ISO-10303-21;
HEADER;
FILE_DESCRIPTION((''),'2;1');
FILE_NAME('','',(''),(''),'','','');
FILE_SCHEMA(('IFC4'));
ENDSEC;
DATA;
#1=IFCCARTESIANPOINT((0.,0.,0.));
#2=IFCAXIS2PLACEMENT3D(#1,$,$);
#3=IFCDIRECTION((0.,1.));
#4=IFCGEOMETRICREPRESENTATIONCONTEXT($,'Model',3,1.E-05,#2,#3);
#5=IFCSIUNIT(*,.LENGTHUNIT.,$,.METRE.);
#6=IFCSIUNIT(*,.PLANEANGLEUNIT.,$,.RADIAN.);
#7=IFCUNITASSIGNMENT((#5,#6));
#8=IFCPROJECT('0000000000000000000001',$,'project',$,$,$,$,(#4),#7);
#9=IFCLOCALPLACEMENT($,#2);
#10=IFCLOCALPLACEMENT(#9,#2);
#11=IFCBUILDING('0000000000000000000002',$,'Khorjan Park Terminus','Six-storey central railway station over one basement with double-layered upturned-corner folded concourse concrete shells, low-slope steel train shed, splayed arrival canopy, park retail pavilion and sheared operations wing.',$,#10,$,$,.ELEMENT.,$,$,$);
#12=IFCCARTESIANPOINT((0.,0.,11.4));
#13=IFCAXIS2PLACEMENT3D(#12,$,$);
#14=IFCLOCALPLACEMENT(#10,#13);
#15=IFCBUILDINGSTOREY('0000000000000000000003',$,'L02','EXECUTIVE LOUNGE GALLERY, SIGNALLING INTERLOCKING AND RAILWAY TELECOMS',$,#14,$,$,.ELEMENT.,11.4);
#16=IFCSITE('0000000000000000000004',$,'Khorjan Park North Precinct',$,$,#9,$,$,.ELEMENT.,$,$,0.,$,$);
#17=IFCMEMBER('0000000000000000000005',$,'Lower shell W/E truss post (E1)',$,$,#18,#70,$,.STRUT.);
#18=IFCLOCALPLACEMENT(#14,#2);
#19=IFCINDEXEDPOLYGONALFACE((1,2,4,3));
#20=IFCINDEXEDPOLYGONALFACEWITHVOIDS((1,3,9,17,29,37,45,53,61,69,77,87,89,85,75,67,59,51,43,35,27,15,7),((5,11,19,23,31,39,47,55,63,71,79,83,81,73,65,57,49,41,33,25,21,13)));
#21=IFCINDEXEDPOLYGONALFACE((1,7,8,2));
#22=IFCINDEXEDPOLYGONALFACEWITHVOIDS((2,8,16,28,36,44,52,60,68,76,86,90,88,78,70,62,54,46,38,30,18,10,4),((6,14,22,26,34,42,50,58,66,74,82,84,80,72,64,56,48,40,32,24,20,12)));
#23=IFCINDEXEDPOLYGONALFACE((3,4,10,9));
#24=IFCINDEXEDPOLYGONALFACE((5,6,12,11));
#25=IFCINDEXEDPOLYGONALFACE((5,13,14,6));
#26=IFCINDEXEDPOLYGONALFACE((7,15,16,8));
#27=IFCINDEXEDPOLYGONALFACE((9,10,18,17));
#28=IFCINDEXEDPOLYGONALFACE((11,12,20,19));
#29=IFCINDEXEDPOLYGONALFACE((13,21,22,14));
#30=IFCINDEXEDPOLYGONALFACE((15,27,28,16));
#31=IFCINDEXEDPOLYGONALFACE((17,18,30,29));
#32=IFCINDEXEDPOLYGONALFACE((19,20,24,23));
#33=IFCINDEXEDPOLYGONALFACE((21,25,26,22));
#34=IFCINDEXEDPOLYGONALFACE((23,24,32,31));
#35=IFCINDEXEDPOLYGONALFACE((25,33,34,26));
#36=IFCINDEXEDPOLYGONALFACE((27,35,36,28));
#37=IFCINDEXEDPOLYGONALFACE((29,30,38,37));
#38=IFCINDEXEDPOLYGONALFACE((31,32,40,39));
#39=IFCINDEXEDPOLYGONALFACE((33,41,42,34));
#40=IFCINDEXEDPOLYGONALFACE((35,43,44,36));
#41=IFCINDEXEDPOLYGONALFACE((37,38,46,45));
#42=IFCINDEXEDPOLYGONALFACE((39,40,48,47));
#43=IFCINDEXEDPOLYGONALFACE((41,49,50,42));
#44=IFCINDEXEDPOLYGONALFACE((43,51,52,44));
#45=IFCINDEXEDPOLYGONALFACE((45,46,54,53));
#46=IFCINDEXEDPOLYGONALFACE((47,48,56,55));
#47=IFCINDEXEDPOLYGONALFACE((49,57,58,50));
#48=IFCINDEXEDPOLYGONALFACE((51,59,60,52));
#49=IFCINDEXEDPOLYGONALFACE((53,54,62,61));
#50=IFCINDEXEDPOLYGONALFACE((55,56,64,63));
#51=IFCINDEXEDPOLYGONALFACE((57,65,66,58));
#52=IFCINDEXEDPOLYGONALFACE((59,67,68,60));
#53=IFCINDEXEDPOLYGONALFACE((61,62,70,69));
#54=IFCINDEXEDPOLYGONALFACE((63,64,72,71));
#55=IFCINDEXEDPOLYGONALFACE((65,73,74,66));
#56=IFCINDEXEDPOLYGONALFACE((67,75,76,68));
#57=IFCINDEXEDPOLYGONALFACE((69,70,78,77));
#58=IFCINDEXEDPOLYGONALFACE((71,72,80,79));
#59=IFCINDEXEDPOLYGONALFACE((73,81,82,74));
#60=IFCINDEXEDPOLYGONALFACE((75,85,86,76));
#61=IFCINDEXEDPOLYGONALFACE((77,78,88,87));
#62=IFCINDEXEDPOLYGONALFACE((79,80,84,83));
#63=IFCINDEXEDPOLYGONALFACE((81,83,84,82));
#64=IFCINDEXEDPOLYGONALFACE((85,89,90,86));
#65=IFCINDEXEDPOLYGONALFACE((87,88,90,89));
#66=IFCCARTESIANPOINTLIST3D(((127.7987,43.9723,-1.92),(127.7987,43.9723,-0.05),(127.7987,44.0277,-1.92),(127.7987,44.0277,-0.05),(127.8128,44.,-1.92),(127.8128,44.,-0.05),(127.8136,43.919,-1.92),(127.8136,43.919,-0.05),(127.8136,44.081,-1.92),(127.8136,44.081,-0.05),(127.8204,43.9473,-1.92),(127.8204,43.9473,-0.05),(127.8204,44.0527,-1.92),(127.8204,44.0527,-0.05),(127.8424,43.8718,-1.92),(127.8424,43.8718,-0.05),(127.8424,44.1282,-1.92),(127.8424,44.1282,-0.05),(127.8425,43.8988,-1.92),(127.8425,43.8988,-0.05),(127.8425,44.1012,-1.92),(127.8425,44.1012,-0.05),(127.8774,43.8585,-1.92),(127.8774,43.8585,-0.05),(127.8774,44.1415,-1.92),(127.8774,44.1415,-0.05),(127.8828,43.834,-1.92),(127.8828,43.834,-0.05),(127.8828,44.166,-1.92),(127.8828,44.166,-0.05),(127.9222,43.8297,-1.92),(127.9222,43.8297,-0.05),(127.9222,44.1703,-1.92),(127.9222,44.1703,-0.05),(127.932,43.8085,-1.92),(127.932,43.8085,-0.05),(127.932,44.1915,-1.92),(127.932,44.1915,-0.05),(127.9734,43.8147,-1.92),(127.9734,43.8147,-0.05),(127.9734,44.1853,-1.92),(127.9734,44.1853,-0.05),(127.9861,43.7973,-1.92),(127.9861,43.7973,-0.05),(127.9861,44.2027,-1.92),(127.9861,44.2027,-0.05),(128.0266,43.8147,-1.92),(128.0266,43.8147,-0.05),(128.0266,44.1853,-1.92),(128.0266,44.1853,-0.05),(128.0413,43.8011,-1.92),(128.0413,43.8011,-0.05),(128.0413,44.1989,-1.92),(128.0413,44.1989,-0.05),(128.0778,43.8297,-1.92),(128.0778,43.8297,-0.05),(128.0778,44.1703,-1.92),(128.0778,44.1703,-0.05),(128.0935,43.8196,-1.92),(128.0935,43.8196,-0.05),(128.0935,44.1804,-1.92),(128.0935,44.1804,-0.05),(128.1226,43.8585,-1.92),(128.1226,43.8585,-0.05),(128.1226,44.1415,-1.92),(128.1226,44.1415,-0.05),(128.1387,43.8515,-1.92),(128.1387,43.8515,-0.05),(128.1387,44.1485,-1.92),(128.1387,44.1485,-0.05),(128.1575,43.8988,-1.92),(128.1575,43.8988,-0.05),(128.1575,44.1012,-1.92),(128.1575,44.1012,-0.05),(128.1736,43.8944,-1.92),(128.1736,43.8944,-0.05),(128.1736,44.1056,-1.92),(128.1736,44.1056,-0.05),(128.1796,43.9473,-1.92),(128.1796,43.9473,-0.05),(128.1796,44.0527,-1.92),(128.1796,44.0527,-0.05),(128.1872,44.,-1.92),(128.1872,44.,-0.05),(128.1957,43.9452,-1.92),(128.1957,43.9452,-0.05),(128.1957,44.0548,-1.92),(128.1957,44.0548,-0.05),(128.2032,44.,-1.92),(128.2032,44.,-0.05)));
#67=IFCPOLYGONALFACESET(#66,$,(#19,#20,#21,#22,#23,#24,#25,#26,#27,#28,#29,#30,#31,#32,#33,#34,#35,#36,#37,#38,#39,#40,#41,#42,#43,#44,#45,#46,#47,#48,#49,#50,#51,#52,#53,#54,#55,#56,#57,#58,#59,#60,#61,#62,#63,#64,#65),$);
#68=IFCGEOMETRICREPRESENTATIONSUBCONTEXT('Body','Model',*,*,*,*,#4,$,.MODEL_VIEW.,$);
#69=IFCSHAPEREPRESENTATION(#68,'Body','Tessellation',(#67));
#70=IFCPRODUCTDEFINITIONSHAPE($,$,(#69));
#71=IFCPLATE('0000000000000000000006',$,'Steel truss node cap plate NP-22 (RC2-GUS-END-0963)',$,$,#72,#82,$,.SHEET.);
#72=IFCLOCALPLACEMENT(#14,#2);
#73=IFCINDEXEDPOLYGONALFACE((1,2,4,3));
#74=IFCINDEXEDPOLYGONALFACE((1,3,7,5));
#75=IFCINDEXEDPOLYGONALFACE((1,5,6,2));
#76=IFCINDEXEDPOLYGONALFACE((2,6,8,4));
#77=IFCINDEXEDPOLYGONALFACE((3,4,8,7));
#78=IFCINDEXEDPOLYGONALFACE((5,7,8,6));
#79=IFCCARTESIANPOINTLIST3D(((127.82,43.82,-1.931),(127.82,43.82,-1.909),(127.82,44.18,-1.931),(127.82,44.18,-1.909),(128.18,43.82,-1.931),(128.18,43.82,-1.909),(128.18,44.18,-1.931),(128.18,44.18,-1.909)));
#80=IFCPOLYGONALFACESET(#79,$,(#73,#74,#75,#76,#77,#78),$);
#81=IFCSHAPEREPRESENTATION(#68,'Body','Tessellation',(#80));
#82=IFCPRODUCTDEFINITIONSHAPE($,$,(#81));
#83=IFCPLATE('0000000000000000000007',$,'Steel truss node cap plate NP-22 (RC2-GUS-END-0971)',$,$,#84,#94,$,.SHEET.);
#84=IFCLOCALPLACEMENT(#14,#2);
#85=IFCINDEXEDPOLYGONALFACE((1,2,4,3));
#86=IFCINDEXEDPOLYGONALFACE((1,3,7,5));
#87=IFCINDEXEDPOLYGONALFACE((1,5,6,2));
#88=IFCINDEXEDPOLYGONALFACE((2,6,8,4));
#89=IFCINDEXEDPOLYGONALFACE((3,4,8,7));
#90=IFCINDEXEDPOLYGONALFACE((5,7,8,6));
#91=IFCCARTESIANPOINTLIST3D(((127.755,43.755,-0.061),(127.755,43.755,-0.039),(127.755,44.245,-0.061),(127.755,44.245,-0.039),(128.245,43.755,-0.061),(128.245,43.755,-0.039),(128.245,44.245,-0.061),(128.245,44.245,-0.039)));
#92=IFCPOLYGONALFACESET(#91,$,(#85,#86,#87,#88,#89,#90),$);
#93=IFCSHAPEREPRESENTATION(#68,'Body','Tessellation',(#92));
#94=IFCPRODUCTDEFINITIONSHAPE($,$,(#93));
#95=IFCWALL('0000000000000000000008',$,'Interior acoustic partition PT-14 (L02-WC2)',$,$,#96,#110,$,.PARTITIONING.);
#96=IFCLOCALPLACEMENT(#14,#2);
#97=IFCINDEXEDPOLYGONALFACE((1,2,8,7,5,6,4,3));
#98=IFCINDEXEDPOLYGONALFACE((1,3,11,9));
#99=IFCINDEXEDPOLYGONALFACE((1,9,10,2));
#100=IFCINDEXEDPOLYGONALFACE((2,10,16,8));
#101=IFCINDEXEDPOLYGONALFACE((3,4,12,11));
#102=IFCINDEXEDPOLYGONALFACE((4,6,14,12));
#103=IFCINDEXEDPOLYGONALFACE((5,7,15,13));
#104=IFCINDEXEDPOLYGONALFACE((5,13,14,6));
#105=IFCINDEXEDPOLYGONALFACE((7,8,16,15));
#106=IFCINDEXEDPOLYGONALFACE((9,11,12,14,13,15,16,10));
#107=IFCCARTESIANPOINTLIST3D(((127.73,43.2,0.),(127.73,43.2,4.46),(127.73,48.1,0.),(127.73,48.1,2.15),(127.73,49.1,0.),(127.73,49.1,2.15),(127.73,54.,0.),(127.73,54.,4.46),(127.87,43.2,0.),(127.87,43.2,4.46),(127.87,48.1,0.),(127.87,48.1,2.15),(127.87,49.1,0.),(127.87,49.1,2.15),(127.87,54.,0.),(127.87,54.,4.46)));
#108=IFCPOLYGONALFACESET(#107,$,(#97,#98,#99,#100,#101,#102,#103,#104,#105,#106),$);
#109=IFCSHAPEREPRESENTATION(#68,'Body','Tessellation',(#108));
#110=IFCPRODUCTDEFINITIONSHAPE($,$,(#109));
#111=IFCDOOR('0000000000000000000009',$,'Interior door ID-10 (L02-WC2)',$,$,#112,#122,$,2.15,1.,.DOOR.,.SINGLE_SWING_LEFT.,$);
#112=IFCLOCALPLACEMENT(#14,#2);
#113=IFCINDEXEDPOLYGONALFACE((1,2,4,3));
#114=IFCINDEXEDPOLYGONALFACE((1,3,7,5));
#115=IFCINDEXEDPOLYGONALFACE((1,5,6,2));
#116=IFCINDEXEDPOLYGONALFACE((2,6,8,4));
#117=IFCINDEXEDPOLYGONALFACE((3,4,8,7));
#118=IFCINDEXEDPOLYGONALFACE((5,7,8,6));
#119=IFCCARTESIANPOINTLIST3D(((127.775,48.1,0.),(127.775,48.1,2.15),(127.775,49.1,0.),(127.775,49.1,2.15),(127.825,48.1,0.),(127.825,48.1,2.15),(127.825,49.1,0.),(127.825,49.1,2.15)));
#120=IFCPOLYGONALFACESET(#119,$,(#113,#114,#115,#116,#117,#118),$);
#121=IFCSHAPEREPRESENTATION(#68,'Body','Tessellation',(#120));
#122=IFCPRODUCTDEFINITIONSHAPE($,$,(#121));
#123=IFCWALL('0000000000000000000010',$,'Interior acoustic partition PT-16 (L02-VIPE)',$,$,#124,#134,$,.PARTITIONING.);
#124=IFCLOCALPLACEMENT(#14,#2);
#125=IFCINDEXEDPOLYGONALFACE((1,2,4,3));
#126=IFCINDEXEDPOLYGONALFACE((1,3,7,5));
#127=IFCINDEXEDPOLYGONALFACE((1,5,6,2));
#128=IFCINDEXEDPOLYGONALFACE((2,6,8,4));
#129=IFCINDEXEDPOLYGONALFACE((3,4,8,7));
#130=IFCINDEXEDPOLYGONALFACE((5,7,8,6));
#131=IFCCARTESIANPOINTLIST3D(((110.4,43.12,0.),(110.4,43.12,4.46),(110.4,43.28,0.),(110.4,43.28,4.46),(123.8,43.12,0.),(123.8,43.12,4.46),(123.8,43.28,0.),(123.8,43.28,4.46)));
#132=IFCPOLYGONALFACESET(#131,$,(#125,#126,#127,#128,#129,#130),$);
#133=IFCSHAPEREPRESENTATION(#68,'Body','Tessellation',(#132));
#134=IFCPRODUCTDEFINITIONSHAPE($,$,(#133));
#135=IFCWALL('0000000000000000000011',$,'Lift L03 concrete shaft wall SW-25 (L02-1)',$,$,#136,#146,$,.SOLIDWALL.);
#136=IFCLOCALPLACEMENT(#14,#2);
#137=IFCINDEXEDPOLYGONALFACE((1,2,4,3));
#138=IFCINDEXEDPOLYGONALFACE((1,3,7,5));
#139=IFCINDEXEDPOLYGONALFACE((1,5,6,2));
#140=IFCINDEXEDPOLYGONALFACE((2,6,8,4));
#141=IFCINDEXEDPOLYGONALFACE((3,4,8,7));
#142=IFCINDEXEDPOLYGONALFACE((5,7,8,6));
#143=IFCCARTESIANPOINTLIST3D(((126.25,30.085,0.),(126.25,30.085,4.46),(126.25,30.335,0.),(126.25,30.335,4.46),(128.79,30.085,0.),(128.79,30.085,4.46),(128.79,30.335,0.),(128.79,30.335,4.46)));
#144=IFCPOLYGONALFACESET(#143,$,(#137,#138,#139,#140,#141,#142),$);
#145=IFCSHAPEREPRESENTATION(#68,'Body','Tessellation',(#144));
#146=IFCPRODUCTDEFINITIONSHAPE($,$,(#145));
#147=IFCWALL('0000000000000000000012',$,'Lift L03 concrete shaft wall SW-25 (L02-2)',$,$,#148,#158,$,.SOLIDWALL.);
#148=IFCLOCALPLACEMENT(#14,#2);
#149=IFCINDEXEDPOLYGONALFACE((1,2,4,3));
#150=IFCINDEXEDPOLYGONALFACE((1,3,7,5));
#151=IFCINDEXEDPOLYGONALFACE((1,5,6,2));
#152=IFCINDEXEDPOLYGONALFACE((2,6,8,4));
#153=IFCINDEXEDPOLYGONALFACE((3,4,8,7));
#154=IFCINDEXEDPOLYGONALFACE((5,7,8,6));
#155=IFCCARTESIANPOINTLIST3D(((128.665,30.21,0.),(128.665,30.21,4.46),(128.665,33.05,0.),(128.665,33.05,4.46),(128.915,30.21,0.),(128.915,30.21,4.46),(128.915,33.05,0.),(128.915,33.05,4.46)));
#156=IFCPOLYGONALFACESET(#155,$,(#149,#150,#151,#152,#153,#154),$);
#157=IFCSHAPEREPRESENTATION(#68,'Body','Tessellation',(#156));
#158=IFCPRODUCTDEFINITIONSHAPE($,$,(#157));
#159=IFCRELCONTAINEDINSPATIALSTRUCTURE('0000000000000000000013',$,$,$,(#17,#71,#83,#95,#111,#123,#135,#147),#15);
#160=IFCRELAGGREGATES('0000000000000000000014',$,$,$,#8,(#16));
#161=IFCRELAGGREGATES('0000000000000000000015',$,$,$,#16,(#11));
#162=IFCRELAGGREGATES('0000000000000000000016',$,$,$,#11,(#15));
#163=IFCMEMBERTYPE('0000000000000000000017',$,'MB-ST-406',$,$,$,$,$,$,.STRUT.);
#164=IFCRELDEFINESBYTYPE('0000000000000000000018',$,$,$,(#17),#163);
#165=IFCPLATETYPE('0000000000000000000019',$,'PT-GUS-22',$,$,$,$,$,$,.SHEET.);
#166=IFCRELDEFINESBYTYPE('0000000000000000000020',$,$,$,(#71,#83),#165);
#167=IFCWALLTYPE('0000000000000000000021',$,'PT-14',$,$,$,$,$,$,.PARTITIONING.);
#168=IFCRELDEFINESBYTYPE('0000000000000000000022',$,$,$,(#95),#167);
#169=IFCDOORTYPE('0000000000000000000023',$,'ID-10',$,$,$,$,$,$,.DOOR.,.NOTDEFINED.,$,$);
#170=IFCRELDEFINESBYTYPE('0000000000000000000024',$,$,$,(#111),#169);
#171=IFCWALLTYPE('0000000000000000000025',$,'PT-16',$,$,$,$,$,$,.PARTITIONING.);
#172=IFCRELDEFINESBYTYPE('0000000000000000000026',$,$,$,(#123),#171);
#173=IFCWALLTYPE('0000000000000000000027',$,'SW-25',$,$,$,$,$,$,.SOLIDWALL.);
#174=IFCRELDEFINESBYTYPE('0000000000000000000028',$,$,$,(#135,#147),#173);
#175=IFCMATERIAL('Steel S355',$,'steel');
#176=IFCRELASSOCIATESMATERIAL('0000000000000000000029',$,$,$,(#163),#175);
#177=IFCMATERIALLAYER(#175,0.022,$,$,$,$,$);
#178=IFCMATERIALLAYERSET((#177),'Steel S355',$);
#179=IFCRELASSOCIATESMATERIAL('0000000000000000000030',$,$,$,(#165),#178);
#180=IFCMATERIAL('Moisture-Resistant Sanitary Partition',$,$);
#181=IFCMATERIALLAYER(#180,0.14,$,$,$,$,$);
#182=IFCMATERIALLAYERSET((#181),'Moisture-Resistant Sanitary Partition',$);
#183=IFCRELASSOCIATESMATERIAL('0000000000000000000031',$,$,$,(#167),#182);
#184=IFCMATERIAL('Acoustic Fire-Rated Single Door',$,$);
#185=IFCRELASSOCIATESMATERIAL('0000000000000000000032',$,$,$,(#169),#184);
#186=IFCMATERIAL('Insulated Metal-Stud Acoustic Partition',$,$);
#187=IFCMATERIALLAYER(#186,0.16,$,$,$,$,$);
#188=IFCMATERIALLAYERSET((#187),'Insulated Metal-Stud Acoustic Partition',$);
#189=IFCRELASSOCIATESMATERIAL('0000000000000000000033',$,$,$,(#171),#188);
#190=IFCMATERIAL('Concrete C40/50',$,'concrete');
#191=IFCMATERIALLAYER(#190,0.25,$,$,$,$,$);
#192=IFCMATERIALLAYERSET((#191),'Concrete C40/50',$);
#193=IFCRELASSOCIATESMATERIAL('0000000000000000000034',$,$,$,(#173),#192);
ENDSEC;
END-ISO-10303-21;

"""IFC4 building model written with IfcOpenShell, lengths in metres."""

from ifc_helpers import new_model, si_unit, direction, frame, frame_2d, origin, origin_2d, place, context, subcontext, project, spatial, rectangle, hollow_circle, extrude, material, layer, layer_set, material_profile, profile_set, type_object, element, fill, save


model = new_model("IFC4")

# Units and contexts
model_context = context("Model", 3, precision=1e-05, world=origin(), true_north=direction((0.0, 1.0)))
body_context = subcontext(model_context, "Body", "Model", "MODEL_VIEW")
ifc_project = project(units=[si_unit("LENGTHUNIT", "METRE"), si_unit("PLANEANGLEUNIT", "RADIAN")], contexts=[model_context])

# Site, building, storey
site_placement = place(None, origin())
site = spatial("IfcSite", under=ifc_project, at=site_placement, Name="Khorjan Park North Precinct", CompositionType="ELEMENT", RefElevation=0.0)
building_placement = place(site_placement, origin())
building = spatial("IfcBuilding", under=site, at=building_placement, Name="Khorjan Park Terminus", Description="Six-storey central railway station over one basement with double-layered upturned-corner folded concourse concrete shells, low-slope steel train shed, splayed arrival canopy, park retail pavilion and sheared operations wing.", CompositionType="ELEMENT")
storey_placement = place(building_placement, frame((0.0, 0.0, 11.4)))
storey = spatial("IfcBuildingStorey", under=building, at=storey_placement, Name="L02", Description="EXECUTIVE LOUNGE GALLERY, SIGNALLING INTERLOCKING AND RAILWAY TELECOMS", CompositionType="ELEMENT", Elevation=11.4)

# Shared definitions
ifc_material_1 = material(Name="Steel S355", Category="steel")
ifc_material_2 = material(Name="Concrete C40/50", Category="concrete")

# Member
ifc_material_profile_1 = material_profile(ifc_material_1, hollow_circle(Radius=0.2032, WallThickness=0.016, at=origin_2d()), Name="CHS 406.4x16")
ifc_profile_set_1 = profile_set([ifc_material_profile_1], Name="Steel S355")
member_type_1 = type_object("IfcMemberType", Name="MB-ST-406", PredefinedType="STRUT", material=ifc_profile_set_1)
member_1_placement = place(storey_placement, frame((128.0, 44.0, -1.92), z_axis=(0.0, 0.0, 1.0), x_axis=(1.0, 0.0, 0.0)))
element("IfcMember", 1, at=member_1_placement, inside=storey, type_object=member_type_1, Name="Lower shell W/E truss post (E1)", PredefinedType="STRUT", context=body_context, shape_type="SweptSolid", body=[
    extrude(hollow_circle(Radius=0.2032, WallThickness=0.016, at=origin_2d()), origin(), (0.0, 0.0, 1.0), 1.87),
])

# Plates
ifc_layer_1 = layer(ifc_material_1, 0.022)
ifc_layer_set_1 = layer_set([ifc_layer_1], Name="Steel S355")
plate_type = type_object("IfcPlateType", Name="PT-GUS-22", PredefinedType="SHEET", material=ifc_layer_set_1)
plate_1_placement = place(storey_placement, frame((128.0, 44.0, -1.931), z_axis=(0.0, 0.0, 1.0), x_axis=(1.0, 0.0, 0.0)))
element("IfcPlate", 2, at=plate_1_placement, inside=storey, type_object=plate_type, Name="Steel truss node cap plate NP-22 (RC2-GUS-END-0963)", PredefinedType="SHEET", context=body_context, shape_type="SweptSolid", body=[
    extrude(rectangle(XDim=0.36, YDim=0.36, at=origin_2d()), origin(), (0.0, 0.0, 1.0), 0.022),
])
plate_2_placement = place(storey_placement, frame((128.0, 44.0, -0.061), z_axis=(0.0, 0.0, 1.0), x_axis=(1.0, 0.0, 0.0)))
element("IfcPlate", 3, at=plate_2_placement, inside=storey, type_object=plate_type, Name="Steel truss node cap plate NP-22 (RC2-GUS-END-0971)", PredefinedType="SHEET", context=body_context, shape_type="SweptSolid", body=[
    extrude(rectangle(XDim=0.49, YDim=0.49, at=origin_2d()), origin(), (0.0, 0.0, 1.0), 0.022),
])

# Wall, opening, door
ifc_material_3 = material(Name="Moisture-Resistant Sanitary Partition")
ifc_layer_2 = layer(ifc_material_3, 0.14)
ifc_layer_set_2 = layer_set([ifc_layer_2], Name="Moisture-Resistant Sanitary Partition")
wall_type_1 = type_object("IfcWallType", Name="PT-14", PredefinedType="PARTITIONING", material=ifc_layer_set_2)
wall_1_placement = place(storey_placement, frame((127.8, 43.2, 0.0), z_axis=(0.0, 0.0, 1.0), x_axis=(0.0, 1.0, 0.0)))
wall_1 = element("IfcWall", 4, at=wall_1_placement, inside=storey, type_object=wall_type_1, Name="Interior acoustic partition PT-14 (L02-WC2)", PredefinedType="PARTITIONING", context=body_context, shape_type="SweptSolid", body=[
    extrude(rectangle(XDim=10.8, YDim=0.14, at=frame_2d((5.4, 0.0))), origin(), (0.0, 0.0, 1.0), 4.46),
])
opening_1_placement = place(wall_1_placement, frame((4.9, 0.0, 0.0)))
opening_1 = element("IfcOpeningElement", 5, at=opening_1_placement, cuts=wall_1, PredefinedType="OPENING", context=body_context, shape_type="SweptSolid", body=[
    extrude(rectangle(XDim=1.0, YDim=2.15, at=frame_2d((0.5, 1.075))), frame((0.0, 0.08, 0.0), z_axis=(0.0, -1.0, 0.0), x_axis=(1.0, 0.0, 0.0)), (0.0, 0.0, 1.0), 0.16),
])
ifc_material_4 = material(Name="Acoustic Fire-Rated Single Door")
door_type_1 = type_object("IfcDoorType", Name="ID-10", OperationType="NOTDEFINED", PredefinedType="DOOR", material=ifc_material_4)
door_1_placement = place(opening_1_placement, origin())
door_1 = element("IfcDoor", 6, at=door_1_placement, inside=storey, type_object=door_type_1, Name="Interior door ID-10 (L02-WC2)", OperationType="SINGLE_SWING_LEFT", OverallHeight=2.15, OverallWidth=1.0, PredefinedType="DOOR", context=body_context, shape_type="SweptSolid", body=[
    extrude(rectangle(XDim=1.0, YDim=2.15, at=frame_2d((0.5, 1.075))), frame((0.0, 0.025, 0.0), z_axis=(0.0, -1.0, 0.0), x_axis=(1.0, 0.0, 0.0)), (0.0, 0.0, 1.0), 0.05),
])
fill(opening_1, door_1)

# Walls
ifc_material_5 = material(Name="Insulated Metal-Stud Acoustic Partition")
ifc_layer_3 = layer(ifc_material_5, 0.16)
ifc_layer_set_3 = layer_set([ifc_layer_3], Name="Insulated Metal-Stud Acoustic Partition")
wall_type_2 = type_object("IfcWallType", Name="PT-16", PredefinedType="PARTITIONING", material=ifc_layer_set_3)
wall_2_placement = place(storey_placement, frame((123.8, 43.2, 0.0), z_axis=(0.0, 0.0, 1.0), x_axis=(-1.0, 0.0, 0.0)))
element("IfcWall", 7, at=wall_2_placement, inside=storey, type_object=wall_type_2, Name="Interior acoustic partition PT-16 (L02-VIPE)", PredefinedType="PARTITIONING", context=body_context, shape_type="SweptSolid", body=[
    extrude(rectangle(XDim=13.4, YDim=0.16, at=frame_2d((6.7, 0.0))), origin(), (0.0, 0.0, 1.0), 4.46),
])
ifc_layer_4 = layer(ifc_material_2, 0.25)
ifc_layer_set_4 = layer_set([ifc_layer_4], Name="Concrete C40/50")
wall_type_3 = type_object("IfcWallType", Name="SW-25", PredefinedType="SOLIDWALL", material=ifc_layer_set_4)
wall_3_placement = place(storey_placement, frame((126.25, 30.21, 0.0), z_axis=(0.0, 0.0, 1.0), x_axis=(1.0, 0.0, 0.0)))
element("IfcWall", 8, at=wall_3_placement, inside=storey, type_object=wall_type_3, Name="Lift L03 concrete shaft wall SW-25 (L02-1)", PredefinedType="SOLIDWALL", context=body_context, shape_type="SweptSolid", body=[
    extrude(rectangle(XDim=2.54, YDim=0.25, at=frame_2d((1.27, 0.0))), origin(), (0.0, 0.0, 1.0), 4.46),
])
wall_4_placement = place(storey_placement, frame((128.79, 30.21, 0.0), z_axis=(0.0, 0.0, 1.0), x_axis=(0.0, 1.0, 0.0)))
element("IfcWall", 9, at=wall_4_placement, inside=storey, type_object=wall_type_3, Name="Lift L03 concrete shaft wall SW-25 (L02-2)", PredefinedType="SOLIDWALL", context=body_context, shape_type="SweptSolid", body=[
    extrude(rectangle(XDim=2.84, YDim=0.25, at=frame_2d((1.42, 0.0))), origin(), (0.0, 0.0, 1.0), 4.46),
])

save(model, "model.ifc")
